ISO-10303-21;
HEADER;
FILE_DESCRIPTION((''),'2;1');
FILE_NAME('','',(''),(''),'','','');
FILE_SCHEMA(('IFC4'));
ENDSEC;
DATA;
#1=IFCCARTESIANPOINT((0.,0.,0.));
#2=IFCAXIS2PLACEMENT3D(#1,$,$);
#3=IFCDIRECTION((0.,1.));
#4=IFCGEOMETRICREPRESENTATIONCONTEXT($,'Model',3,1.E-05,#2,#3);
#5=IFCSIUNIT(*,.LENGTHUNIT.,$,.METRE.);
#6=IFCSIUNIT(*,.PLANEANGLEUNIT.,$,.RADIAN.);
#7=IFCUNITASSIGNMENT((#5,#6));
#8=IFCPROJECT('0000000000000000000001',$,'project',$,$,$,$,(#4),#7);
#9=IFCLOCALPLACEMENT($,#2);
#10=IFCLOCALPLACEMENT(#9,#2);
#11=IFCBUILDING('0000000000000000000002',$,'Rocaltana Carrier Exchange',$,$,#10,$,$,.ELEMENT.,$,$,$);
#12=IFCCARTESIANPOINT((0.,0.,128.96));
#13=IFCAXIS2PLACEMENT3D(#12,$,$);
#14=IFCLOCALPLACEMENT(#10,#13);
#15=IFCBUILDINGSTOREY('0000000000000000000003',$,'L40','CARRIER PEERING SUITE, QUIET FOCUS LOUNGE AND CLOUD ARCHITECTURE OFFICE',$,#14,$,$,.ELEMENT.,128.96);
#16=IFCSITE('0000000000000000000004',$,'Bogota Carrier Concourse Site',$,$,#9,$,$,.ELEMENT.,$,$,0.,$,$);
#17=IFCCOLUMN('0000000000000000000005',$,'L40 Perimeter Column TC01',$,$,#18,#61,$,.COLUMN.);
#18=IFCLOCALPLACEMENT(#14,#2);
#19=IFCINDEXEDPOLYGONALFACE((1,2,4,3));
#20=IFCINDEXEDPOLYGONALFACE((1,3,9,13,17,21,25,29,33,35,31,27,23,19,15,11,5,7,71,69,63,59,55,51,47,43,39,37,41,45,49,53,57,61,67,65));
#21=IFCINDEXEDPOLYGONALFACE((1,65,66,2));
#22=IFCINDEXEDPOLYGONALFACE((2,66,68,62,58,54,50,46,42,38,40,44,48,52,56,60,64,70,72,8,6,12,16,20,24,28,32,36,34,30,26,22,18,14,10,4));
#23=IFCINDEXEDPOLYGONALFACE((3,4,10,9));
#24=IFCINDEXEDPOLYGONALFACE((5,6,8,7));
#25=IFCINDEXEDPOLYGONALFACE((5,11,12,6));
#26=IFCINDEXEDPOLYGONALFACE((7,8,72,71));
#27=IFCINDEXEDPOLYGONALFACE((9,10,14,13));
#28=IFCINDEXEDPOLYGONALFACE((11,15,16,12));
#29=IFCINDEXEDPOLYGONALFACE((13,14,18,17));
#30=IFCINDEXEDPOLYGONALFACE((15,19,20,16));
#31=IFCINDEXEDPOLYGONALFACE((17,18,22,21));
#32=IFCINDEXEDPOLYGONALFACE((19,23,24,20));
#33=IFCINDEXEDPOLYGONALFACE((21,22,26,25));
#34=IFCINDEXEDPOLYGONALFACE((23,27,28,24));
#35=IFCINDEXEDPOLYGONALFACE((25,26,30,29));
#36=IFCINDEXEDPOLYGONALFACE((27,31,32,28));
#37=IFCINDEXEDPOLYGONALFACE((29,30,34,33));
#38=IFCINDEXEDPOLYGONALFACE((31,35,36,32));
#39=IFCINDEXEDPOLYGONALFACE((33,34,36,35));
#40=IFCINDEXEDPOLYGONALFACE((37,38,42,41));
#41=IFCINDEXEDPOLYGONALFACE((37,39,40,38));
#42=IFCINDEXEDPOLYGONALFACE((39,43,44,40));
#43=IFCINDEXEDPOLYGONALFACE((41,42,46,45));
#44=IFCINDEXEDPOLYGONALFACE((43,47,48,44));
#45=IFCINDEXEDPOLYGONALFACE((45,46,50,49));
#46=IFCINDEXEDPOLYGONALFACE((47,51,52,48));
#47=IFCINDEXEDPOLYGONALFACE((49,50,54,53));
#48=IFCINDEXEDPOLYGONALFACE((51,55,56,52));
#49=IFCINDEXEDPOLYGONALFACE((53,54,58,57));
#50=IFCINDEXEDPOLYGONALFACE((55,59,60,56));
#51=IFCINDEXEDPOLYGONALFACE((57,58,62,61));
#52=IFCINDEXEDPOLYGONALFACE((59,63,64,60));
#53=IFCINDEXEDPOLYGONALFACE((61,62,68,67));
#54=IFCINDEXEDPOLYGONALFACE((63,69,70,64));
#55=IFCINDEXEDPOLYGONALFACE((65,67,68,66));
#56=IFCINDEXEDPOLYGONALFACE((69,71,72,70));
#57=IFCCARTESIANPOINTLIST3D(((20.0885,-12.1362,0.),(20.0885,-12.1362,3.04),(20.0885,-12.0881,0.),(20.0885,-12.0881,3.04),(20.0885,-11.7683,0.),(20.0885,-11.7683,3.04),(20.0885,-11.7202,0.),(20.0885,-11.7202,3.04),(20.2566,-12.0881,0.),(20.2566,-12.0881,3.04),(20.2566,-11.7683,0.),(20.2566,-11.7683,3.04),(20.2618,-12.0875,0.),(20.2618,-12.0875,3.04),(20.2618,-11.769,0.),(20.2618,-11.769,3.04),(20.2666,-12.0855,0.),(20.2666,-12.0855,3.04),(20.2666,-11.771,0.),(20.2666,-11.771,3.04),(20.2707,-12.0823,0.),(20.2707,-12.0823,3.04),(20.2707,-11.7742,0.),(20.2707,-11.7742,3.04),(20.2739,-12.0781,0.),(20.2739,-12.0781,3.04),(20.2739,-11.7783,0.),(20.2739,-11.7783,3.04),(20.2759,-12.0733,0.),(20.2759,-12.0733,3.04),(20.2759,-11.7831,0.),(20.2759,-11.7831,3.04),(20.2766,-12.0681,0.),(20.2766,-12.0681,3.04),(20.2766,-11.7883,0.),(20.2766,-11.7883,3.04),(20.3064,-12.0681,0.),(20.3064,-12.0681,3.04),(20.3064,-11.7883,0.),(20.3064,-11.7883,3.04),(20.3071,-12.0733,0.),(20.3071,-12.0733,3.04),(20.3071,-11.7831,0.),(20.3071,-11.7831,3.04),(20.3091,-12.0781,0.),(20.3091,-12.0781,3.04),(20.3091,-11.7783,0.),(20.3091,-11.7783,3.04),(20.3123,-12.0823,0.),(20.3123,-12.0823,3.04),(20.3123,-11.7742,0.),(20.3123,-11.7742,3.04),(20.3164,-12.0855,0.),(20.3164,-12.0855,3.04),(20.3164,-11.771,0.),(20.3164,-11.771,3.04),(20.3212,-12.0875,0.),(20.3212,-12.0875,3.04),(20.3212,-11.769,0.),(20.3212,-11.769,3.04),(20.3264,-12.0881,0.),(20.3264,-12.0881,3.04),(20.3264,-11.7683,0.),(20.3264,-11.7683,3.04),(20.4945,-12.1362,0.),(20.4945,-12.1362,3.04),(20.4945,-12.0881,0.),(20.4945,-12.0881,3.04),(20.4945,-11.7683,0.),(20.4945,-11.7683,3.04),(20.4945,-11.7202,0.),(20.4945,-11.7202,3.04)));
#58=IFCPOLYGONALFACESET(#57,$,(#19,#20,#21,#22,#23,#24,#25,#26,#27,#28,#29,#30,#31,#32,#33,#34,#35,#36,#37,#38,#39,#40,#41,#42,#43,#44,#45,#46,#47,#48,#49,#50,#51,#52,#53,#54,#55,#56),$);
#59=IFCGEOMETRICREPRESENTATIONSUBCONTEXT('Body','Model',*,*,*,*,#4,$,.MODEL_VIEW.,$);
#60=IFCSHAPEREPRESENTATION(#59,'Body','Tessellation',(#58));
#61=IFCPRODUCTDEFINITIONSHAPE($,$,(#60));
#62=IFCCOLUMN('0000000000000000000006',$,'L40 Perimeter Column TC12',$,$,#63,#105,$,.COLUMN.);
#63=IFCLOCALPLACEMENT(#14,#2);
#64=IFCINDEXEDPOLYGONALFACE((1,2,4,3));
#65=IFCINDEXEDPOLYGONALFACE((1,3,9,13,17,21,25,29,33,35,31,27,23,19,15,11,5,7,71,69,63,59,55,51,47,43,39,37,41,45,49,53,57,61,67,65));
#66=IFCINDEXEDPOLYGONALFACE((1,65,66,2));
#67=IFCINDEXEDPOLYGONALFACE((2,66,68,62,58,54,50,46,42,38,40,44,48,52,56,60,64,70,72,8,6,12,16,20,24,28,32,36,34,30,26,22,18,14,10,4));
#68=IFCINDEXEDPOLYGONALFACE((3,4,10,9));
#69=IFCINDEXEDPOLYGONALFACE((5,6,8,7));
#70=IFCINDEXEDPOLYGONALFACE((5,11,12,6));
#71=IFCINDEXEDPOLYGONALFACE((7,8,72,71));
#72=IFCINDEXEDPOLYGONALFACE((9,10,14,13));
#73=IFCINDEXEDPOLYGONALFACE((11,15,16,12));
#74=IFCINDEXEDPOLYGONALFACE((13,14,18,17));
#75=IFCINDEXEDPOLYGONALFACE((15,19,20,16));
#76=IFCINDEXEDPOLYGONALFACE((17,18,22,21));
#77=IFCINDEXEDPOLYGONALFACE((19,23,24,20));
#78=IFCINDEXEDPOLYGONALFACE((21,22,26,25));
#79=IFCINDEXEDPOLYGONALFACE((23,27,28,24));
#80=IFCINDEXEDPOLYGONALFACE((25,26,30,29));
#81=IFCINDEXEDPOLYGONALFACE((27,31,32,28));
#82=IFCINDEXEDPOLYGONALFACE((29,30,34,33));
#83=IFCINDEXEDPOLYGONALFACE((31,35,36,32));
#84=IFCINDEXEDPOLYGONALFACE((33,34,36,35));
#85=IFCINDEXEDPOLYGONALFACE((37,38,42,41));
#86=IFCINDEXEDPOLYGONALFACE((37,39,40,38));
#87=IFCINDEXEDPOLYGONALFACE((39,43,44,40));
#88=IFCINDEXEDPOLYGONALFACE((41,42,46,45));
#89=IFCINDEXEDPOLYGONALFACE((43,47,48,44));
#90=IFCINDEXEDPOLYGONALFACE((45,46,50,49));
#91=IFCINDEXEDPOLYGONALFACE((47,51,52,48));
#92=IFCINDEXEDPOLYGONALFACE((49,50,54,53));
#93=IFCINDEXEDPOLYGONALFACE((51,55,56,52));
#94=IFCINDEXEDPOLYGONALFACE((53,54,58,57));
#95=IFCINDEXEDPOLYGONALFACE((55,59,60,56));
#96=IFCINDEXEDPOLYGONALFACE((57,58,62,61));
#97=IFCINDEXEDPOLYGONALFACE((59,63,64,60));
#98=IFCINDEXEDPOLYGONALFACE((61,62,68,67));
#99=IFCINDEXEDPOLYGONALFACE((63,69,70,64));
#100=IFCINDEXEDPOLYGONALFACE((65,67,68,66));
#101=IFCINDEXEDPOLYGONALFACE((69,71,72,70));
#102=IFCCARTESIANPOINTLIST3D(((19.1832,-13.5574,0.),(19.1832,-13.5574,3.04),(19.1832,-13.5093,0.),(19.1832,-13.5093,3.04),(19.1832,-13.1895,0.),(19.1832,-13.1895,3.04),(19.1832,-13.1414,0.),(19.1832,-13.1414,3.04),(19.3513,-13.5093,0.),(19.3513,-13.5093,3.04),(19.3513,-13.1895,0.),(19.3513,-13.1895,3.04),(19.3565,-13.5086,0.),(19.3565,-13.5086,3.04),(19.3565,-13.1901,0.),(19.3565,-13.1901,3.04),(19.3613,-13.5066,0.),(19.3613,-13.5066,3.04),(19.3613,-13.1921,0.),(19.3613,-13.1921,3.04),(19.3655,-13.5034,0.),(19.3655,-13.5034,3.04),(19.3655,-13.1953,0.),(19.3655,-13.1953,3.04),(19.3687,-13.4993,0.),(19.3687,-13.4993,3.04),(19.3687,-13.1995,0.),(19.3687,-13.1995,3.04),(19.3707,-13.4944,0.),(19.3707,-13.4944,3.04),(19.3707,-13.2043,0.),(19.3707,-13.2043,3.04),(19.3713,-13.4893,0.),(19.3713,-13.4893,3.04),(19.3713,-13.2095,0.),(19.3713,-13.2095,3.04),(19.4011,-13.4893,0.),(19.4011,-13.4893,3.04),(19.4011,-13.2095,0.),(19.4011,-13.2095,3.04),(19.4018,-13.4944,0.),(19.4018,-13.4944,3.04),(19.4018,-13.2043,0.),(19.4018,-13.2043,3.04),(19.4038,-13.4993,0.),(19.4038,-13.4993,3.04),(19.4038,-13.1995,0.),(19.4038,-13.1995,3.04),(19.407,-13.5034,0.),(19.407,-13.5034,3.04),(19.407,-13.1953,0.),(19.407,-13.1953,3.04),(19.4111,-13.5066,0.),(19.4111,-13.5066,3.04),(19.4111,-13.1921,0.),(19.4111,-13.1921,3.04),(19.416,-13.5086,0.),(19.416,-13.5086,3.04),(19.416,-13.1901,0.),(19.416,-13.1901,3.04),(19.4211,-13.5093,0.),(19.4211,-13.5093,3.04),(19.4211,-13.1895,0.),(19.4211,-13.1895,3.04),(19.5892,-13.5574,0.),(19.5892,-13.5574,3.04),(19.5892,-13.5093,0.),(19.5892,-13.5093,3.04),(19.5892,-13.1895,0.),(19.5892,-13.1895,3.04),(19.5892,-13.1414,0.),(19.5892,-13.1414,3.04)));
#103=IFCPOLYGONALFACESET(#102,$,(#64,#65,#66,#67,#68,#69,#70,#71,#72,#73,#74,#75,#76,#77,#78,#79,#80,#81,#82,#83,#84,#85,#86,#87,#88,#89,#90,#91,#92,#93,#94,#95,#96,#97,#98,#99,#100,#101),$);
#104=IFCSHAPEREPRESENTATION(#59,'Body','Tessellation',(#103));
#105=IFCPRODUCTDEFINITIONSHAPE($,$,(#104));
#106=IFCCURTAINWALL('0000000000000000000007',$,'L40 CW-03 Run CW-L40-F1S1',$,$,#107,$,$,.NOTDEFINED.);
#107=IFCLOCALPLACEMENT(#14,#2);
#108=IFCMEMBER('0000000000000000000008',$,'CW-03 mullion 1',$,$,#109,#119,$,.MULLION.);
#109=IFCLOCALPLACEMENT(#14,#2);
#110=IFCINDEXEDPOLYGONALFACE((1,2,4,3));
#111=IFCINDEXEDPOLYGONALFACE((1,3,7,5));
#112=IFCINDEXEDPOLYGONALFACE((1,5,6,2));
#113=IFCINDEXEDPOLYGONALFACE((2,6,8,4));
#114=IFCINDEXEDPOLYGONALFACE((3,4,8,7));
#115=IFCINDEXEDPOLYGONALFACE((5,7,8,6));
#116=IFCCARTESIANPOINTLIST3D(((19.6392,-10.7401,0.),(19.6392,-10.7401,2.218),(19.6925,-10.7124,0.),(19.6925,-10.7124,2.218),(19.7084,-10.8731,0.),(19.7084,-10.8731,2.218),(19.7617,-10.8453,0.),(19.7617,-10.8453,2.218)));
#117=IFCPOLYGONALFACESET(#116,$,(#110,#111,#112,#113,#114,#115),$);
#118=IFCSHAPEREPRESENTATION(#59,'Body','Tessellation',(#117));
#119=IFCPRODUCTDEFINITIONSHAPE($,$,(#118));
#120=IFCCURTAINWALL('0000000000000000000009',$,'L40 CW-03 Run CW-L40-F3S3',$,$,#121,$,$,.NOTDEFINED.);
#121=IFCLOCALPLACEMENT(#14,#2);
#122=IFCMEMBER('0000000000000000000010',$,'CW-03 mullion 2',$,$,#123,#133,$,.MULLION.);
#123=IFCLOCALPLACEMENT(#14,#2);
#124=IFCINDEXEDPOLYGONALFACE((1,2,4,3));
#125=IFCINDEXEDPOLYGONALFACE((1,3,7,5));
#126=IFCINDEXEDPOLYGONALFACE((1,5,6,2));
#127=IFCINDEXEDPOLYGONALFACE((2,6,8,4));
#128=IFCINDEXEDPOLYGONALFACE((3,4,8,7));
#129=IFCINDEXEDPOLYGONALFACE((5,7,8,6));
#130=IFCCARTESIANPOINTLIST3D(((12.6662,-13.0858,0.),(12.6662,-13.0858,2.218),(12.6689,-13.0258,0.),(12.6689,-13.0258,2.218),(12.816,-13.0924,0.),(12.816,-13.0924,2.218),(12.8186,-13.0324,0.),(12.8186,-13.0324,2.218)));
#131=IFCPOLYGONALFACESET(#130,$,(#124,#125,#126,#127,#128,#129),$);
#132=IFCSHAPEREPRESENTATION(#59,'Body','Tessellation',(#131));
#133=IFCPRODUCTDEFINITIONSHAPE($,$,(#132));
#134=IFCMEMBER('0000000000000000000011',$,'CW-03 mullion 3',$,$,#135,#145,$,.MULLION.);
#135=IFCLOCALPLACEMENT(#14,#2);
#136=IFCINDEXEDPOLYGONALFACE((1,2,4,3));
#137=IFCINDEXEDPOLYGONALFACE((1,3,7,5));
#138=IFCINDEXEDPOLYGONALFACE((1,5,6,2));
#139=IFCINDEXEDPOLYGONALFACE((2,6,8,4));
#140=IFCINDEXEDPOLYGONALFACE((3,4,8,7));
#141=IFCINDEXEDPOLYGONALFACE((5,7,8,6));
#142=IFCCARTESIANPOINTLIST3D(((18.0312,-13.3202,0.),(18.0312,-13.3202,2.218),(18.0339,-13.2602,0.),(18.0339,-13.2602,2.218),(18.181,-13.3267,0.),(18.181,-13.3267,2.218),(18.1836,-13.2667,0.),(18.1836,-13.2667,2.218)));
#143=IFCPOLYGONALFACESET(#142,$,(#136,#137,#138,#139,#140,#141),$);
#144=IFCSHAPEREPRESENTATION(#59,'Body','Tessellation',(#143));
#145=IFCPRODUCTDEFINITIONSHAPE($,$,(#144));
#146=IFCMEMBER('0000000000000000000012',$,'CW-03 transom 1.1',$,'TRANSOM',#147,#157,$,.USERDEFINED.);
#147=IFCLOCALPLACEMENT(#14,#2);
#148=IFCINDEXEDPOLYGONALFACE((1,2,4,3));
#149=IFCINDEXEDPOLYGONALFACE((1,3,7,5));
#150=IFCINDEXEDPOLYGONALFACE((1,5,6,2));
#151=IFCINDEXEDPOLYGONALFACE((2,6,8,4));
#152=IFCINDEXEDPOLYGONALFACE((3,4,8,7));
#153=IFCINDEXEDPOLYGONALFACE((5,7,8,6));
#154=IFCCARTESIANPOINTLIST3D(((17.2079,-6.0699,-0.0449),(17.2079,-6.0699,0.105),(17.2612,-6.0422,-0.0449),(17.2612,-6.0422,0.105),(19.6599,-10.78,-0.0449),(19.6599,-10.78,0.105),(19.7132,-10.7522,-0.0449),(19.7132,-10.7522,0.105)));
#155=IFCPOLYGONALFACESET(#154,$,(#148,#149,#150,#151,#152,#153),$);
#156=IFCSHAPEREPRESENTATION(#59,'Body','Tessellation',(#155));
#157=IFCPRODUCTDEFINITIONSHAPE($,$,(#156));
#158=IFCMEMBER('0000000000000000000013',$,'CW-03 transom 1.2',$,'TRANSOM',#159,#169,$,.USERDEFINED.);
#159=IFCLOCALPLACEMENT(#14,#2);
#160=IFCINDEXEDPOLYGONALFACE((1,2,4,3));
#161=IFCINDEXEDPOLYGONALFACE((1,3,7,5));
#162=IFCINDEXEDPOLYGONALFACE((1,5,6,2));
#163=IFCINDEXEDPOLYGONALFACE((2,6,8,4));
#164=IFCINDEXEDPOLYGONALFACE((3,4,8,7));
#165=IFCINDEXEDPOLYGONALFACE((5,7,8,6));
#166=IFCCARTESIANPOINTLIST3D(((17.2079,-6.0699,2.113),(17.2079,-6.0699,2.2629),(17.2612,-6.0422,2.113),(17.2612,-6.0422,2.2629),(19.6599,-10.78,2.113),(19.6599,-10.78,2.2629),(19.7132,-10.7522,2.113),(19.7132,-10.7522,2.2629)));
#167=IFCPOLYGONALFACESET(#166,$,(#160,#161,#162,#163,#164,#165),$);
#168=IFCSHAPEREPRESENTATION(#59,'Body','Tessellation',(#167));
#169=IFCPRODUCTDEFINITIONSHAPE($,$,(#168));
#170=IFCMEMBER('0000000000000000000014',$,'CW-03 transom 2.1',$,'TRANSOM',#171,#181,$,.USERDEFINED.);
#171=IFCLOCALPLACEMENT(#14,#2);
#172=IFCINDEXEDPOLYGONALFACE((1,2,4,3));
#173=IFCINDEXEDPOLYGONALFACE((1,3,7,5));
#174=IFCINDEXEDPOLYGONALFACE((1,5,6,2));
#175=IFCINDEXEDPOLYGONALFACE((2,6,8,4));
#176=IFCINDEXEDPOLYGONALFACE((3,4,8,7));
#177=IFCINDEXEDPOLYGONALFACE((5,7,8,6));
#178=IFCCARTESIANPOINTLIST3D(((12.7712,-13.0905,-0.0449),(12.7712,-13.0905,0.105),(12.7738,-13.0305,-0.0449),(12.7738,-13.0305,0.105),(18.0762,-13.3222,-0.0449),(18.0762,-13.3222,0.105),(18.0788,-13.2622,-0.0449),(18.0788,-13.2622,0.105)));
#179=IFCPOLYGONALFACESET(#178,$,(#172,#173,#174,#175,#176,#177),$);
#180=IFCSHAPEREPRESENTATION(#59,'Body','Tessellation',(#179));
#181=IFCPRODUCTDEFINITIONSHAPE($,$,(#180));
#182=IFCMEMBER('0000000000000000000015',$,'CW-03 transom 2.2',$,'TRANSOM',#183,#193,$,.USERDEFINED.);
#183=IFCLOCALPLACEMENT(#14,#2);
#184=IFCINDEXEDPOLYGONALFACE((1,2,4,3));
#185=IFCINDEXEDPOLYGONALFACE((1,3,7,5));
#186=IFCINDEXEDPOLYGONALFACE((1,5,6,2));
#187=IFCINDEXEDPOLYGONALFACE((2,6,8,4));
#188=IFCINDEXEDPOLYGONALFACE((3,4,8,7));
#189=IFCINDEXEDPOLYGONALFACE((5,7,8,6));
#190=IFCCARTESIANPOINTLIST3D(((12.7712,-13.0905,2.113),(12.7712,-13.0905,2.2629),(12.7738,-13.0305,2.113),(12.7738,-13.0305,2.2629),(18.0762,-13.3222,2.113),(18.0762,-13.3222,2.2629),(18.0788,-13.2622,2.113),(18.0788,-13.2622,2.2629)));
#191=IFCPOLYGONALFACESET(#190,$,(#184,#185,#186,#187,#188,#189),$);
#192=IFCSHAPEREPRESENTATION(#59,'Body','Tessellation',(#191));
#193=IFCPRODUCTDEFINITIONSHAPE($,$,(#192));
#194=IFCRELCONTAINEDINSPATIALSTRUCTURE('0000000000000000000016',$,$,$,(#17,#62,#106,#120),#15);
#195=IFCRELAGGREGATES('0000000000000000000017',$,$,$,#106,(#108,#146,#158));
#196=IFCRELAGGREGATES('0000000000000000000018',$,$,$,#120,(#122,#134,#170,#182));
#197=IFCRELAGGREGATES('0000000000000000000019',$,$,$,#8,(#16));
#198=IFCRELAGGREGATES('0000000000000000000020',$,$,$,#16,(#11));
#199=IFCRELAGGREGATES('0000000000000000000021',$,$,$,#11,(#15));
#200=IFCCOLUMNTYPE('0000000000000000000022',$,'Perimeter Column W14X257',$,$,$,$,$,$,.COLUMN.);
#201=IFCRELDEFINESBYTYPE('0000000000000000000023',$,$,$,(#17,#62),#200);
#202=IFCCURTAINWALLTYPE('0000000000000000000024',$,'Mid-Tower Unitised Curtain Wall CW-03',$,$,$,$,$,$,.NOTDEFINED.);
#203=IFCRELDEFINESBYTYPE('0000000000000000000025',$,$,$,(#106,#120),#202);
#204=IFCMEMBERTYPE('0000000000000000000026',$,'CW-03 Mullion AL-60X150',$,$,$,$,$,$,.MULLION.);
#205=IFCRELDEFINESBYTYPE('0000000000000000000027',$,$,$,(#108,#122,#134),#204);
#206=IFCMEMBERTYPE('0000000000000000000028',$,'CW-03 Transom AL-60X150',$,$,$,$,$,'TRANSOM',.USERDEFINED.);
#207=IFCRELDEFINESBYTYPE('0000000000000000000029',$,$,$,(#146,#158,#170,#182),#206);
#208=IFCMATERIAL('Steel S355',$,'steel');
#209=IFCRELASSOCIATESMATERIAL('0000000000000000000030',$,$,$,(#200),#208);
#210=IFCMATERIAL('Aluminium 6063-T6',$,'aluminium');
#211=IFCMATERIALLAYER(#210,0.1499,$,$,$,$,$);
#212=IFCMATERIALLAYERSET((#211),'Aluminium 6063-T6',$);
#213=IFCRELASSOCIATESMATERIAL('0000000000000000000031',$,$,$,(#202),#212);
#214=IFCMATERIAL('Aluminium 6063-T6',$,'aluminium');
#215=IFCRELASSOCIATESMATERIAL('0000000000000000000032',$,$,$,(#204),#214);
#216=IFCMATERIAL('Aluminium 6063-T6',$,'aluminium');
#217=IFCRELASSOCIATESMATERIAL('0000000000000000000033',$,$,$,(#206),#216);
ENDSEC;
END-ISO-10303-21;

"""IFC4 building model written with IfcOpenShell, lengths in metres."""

from ifc_helpers import new_model, si_unit, direction, frame, origin, origin_2d, place, context, subcontext, project, spatial, rectangle, i_section, extrude, material, layer, layer_set, material_profile, profile_set, type_object, element, aggregate, save


model = new_model("IFC4")

# Units and contexts
model_context = context("Model", 3, precision=1e-05, world=origin(), true_north=direction((0.0, 1.0)))
body_context = subcontext(model_context, "Body", "Model", "MODEL_VIEW")
ifc_project = project(units=[si_unit("LENGTHUNIT", "METRE"), si_unit("PLANEANGLEUNIT", "RADIAN")], contexts=[model_context])

# Site, building, storey
site_placement = place(None, origin())
site = spatial("IfcSite", under=ifc_project, at=site_placement, Name="Bogota Carrier Concourse Site", CompositionType="ELEMENT", RefElevation=0.0)
building_placement = place(site_placement, origin())
building = spatial("IfcBuilding", under=site, at=building_placement, Name="Rocaltana Carrier Exchange", CompositionType="ELEMENT")
storey_placement = place(building_placement, frame((0.0, 0.0, 128.96)))
storey = spatial("IfcBuildingStorey", under=building, at=storey_placement, Name="L40", Description="CARRIER PEERING SUITE, QUIET FOCUS LOUNGE AND CLOUD ARCHITECTURE OFFICE", CompositionType="ELEMENT", Elevation=128.96)

# Columns
ifc_material_1 = material(Name="Steel S355", Category="steel")
ifc_material_profile_1 = material_profile(ifc_material_1, i_section(OverallWidth=0.406, OverallDepth=0.416, WebThickness=0.0298, FlangeThickness=0.0481, FilletRadius=0.02, at=origin_2d()), Name="W14X257")
ifc_profile_set_1 = profile_set([ifc_material_profile_1], Name="Steel S355")
column_type = type_object("IfcColumnType", Name="Perimeter Column W14X257", PredefinedType="COLUMN", material=ifc_profile_set_1)
for number, where, z_axis, x_axis, name in (
    (1, (20.2915, -11.9282, 0.0), (0.0, 0.0, 1.0), (1.0, 0.0, 0.0), "L40 Perimeter Column TC01"),
    (2, (19.3862, -13.3494, 0.0), (0.0, 0.0, 1.0), (1.0, 0.0, 0.0), "L40 Perimeter Column TC12"),
):
    element("IfcColumn", number, at=place(storey_placement, frame(where, z_axis=z_axis, x_axis=x_axis)), inside=storey, type_object=column_type, Name=name, PredefinedType="COLUMN", context=body_context, shape_type="SweptSolid", body=[
        extrude(i_section(OverallWidth=0.406, OverallDepth=0.416, WebThickness=0.0298, FlangeThickness=0.0481, FilletRadius=0.02, at=origin_2d()), origin(), (0.0, 0.0, 1.0), 3.04),
    ])

# Curtain wall, member
ifc_material_2 = material(Name="Aluminium 6063-T6", Category="aluminium")
ifc_layer_1 = layer(ifc_material_2, 0.1499)
ifc_layer_set_1 = layer_set([ifc_layer_1], Name="Aluminium 6063-T6")
curtain_wall_type = type_object("IfcCurtainWallType", Name="Mid-Tower Unitised Curtain Wall CW-03", PredefinedType="NOTDEFINED", material=ifc_layer_set_1)
curtain_wall_1_placement = place(storey_placement, origin())
curtain_wall_1 = element("IfcCurtainWall", 3, at=curtain_wall_1_placement, inside=storey, type_object=curtain_wall_type, Name="L40 CW-03 Run CW-L40-F1S1", PredefinedType="NOTDEFINED")
ifc_material_3 = material(Name="Aluminium 6063-T6", Category="aluminium")
ifc_material_profile_2 = material_profile(ifc_material_3, rectangle(XDim=0.0601, YDim=0.1499, at=origin_2d()), Name="AL-60X150")
ifc_profile_set_2 = profile_set([ifc_material_profile_2], Name="Aluminium 6063-T6")
member_type_1 = type_object("IfcMemberType", Name="CW-03 Mullion AL-60X150", PredefinedType="MULLION", material=ifc_profile_set_2)
member_1_placement = place(storey_placement, frame((19.7004, -10.7927, 0.0), z_axis=(0.0, 0.0, 1.0), x_axis=(-0.88701, -0.46175, 0.0)))
member_1 = element("IfcMember", 4, at=member_1_placement, type_object=member_type_1, Name="CW-03 mullion 1", PredefinedType="MULLION", context=body_context, shape_type="SweptSolid", body=[
    extrude(rectangle(XDim=0.0601, YDim=0.1499, at=origin_2d()), origin(), (0.0, 0.0, 1.0), 2.218),
])

# Curtain wall, members
curtain_wall_2_placement = place(storey_placement, origin())
curtain_wall_2 = element("IfcCurtainWall", 5, at=curtain_wall_2_placement, inside=storey, type_object=curtain_wall_type, Name="L40 CW-03 Run CW-L40-F3S3", PredefinedType="NOTDEFINED")
member_2_placement = place(storey_placement, frame((12.7424, -13.0591, 0.0), z_axis=(0.0, 0.0, 1.0), x_axis=(0.043629, 0.999048, 0.0)))
member_2 = element("IfcMember", 6, at=member_2_placement, type_object=member_type_1, Name="CW-03 mullion 2", PredefinedType="MULLION", context=body_context, shape_type="SweptSolid", body=[
    extrude(rectangle(XDim=0.0601, YDim=0.1499, at=origin_2d()), origin(), (0.0, 0.0, 1.0), 2.218),
])
member_3_placement = place(storey_placement, frame((18.1074, -13.2935, 0.0), z_axis=(0.0, 0.0, 1.0), x_axis=(0.043629, 0.999048, 0.0)))
member_3 = element("IfcMember", 7, at=member_3_placement, type_object=member_type_1, Name="CW-03 mullion 3", PredefinedType="MULLION", context=body_context, shape_type="SweptSolid", body=[
    extrude(rectangle(XDim=0.0601, YDim=0.1499, at=origin_2d()), origin(), (0.0, 0.0, 1.0), 2.218),
])

# Members
ifc_material_4 = material(Name="Aluminium 6063-T6", Category="aluminium")
ifc_material_profile_3 = material_profile(ifc_material_4, rectangle(XDim=0.0601, YDim=0.1499, at=origin_2d()), Name="AL-60X150")
ifc_profile_set_3 = profile_set([ifc_material_profile_3], Name="Aluminium 6063-T6")
member_type_2 = type_object("IfcMemberType", Name="CW-03 Transom AL-60X150", ElementType="TRANSOM", PredefinedType="USERDEFINED", material=ifc_profile_set_3)
member_4_placement = place(storey_placement, frame((19.6865, -10.7661, 0.03), z_axis=(-0.461757, 0.887007, 0.0), x_axis=(-0.887007, -0.461757, 0.0)))
member_4 = element("IfcMember", 8, at=member_4_placement, type_object=member_type_2, Name="CW-03 transom 1.1", ObjectType="TRANSOM", PredefinedType="USERDEFINED", context=body_context, shape_type="SweptSolid", body=[
    extrude(rectangle(XDim=0.0601, YDim=0.1499, at=origin_2d()), origin(), (0.0, 0.0, 1.0), 5.3101),
])
member_5_placement = place(storey_placement, frame((19.6865, -10.7661, 2.188), z_axis=(-0.461757, 0.887007, 0.0), x_axis=(-0.887007, -0.461757, 0.0)))
member_5 = element("IfcMember", 9, at=member_5_placement, type_object=member_type_2, Name="CW-03 transom 1.2", ObjectType="TRANSOM", PredefinedType="USERDEFINED", context=body_context, shape_type="SweptSolid", body=[
    extrude(rectangle(XDim=0.0601, YDim=0.1499, at=origin_2d()), origin(), (0.0, 0.0, 1.0), 5.3101),
])
aggregate(curtain_wall_1, [member_1, member_4, member_5])
member_6_placement = place(storey_placement, frame((12.7725, -13.0605, 0.03), z_axis=(0.999048, -0.043633, 0.0), x_axis=(0.043633, 0.999048, 0.0)))
member_6 = element("IfcMember", 10, at=member_6_placement, type_object=member_type_2, Name="CW-03 transom 2.1", ObjectType="TRANSOM", PredefinedType="USERDEFINED", context=body_context, shape_type="SweptSolid", body=[
    extrude(rectangle(XDim=0.0601, YDim=0.1499, at=origin_2d()), origin(), (0.0, 0.0, 1.0), 5.3101),
])
member_7_placement = place(storey_placement, frame((12.7725, -13.0605, 2.188), z_axis=(0.999048, -0.043633, 0.0), x_axis=(0.043633, 0.999048, 0.0)))
member_7 = element("IfcMember", 11, at=member_7_placement, type_object=member_type_2, Name="CW-03 transom 2.2", ObjectType="TRANSOM", PredefinedType="USERDEFINED", context=body_context, shape_type="SweptSolid", body=[
    extrude(rectangle(XDim=0.0601, YDim=0.1499, at=origin_2d()), origin(), (0.0, 0.0, 1.0), 5.3101),
])

aggregate(curtain_wall_2, [member_2, member_3, member_6, member_7])

save(model, "model.ifc")
